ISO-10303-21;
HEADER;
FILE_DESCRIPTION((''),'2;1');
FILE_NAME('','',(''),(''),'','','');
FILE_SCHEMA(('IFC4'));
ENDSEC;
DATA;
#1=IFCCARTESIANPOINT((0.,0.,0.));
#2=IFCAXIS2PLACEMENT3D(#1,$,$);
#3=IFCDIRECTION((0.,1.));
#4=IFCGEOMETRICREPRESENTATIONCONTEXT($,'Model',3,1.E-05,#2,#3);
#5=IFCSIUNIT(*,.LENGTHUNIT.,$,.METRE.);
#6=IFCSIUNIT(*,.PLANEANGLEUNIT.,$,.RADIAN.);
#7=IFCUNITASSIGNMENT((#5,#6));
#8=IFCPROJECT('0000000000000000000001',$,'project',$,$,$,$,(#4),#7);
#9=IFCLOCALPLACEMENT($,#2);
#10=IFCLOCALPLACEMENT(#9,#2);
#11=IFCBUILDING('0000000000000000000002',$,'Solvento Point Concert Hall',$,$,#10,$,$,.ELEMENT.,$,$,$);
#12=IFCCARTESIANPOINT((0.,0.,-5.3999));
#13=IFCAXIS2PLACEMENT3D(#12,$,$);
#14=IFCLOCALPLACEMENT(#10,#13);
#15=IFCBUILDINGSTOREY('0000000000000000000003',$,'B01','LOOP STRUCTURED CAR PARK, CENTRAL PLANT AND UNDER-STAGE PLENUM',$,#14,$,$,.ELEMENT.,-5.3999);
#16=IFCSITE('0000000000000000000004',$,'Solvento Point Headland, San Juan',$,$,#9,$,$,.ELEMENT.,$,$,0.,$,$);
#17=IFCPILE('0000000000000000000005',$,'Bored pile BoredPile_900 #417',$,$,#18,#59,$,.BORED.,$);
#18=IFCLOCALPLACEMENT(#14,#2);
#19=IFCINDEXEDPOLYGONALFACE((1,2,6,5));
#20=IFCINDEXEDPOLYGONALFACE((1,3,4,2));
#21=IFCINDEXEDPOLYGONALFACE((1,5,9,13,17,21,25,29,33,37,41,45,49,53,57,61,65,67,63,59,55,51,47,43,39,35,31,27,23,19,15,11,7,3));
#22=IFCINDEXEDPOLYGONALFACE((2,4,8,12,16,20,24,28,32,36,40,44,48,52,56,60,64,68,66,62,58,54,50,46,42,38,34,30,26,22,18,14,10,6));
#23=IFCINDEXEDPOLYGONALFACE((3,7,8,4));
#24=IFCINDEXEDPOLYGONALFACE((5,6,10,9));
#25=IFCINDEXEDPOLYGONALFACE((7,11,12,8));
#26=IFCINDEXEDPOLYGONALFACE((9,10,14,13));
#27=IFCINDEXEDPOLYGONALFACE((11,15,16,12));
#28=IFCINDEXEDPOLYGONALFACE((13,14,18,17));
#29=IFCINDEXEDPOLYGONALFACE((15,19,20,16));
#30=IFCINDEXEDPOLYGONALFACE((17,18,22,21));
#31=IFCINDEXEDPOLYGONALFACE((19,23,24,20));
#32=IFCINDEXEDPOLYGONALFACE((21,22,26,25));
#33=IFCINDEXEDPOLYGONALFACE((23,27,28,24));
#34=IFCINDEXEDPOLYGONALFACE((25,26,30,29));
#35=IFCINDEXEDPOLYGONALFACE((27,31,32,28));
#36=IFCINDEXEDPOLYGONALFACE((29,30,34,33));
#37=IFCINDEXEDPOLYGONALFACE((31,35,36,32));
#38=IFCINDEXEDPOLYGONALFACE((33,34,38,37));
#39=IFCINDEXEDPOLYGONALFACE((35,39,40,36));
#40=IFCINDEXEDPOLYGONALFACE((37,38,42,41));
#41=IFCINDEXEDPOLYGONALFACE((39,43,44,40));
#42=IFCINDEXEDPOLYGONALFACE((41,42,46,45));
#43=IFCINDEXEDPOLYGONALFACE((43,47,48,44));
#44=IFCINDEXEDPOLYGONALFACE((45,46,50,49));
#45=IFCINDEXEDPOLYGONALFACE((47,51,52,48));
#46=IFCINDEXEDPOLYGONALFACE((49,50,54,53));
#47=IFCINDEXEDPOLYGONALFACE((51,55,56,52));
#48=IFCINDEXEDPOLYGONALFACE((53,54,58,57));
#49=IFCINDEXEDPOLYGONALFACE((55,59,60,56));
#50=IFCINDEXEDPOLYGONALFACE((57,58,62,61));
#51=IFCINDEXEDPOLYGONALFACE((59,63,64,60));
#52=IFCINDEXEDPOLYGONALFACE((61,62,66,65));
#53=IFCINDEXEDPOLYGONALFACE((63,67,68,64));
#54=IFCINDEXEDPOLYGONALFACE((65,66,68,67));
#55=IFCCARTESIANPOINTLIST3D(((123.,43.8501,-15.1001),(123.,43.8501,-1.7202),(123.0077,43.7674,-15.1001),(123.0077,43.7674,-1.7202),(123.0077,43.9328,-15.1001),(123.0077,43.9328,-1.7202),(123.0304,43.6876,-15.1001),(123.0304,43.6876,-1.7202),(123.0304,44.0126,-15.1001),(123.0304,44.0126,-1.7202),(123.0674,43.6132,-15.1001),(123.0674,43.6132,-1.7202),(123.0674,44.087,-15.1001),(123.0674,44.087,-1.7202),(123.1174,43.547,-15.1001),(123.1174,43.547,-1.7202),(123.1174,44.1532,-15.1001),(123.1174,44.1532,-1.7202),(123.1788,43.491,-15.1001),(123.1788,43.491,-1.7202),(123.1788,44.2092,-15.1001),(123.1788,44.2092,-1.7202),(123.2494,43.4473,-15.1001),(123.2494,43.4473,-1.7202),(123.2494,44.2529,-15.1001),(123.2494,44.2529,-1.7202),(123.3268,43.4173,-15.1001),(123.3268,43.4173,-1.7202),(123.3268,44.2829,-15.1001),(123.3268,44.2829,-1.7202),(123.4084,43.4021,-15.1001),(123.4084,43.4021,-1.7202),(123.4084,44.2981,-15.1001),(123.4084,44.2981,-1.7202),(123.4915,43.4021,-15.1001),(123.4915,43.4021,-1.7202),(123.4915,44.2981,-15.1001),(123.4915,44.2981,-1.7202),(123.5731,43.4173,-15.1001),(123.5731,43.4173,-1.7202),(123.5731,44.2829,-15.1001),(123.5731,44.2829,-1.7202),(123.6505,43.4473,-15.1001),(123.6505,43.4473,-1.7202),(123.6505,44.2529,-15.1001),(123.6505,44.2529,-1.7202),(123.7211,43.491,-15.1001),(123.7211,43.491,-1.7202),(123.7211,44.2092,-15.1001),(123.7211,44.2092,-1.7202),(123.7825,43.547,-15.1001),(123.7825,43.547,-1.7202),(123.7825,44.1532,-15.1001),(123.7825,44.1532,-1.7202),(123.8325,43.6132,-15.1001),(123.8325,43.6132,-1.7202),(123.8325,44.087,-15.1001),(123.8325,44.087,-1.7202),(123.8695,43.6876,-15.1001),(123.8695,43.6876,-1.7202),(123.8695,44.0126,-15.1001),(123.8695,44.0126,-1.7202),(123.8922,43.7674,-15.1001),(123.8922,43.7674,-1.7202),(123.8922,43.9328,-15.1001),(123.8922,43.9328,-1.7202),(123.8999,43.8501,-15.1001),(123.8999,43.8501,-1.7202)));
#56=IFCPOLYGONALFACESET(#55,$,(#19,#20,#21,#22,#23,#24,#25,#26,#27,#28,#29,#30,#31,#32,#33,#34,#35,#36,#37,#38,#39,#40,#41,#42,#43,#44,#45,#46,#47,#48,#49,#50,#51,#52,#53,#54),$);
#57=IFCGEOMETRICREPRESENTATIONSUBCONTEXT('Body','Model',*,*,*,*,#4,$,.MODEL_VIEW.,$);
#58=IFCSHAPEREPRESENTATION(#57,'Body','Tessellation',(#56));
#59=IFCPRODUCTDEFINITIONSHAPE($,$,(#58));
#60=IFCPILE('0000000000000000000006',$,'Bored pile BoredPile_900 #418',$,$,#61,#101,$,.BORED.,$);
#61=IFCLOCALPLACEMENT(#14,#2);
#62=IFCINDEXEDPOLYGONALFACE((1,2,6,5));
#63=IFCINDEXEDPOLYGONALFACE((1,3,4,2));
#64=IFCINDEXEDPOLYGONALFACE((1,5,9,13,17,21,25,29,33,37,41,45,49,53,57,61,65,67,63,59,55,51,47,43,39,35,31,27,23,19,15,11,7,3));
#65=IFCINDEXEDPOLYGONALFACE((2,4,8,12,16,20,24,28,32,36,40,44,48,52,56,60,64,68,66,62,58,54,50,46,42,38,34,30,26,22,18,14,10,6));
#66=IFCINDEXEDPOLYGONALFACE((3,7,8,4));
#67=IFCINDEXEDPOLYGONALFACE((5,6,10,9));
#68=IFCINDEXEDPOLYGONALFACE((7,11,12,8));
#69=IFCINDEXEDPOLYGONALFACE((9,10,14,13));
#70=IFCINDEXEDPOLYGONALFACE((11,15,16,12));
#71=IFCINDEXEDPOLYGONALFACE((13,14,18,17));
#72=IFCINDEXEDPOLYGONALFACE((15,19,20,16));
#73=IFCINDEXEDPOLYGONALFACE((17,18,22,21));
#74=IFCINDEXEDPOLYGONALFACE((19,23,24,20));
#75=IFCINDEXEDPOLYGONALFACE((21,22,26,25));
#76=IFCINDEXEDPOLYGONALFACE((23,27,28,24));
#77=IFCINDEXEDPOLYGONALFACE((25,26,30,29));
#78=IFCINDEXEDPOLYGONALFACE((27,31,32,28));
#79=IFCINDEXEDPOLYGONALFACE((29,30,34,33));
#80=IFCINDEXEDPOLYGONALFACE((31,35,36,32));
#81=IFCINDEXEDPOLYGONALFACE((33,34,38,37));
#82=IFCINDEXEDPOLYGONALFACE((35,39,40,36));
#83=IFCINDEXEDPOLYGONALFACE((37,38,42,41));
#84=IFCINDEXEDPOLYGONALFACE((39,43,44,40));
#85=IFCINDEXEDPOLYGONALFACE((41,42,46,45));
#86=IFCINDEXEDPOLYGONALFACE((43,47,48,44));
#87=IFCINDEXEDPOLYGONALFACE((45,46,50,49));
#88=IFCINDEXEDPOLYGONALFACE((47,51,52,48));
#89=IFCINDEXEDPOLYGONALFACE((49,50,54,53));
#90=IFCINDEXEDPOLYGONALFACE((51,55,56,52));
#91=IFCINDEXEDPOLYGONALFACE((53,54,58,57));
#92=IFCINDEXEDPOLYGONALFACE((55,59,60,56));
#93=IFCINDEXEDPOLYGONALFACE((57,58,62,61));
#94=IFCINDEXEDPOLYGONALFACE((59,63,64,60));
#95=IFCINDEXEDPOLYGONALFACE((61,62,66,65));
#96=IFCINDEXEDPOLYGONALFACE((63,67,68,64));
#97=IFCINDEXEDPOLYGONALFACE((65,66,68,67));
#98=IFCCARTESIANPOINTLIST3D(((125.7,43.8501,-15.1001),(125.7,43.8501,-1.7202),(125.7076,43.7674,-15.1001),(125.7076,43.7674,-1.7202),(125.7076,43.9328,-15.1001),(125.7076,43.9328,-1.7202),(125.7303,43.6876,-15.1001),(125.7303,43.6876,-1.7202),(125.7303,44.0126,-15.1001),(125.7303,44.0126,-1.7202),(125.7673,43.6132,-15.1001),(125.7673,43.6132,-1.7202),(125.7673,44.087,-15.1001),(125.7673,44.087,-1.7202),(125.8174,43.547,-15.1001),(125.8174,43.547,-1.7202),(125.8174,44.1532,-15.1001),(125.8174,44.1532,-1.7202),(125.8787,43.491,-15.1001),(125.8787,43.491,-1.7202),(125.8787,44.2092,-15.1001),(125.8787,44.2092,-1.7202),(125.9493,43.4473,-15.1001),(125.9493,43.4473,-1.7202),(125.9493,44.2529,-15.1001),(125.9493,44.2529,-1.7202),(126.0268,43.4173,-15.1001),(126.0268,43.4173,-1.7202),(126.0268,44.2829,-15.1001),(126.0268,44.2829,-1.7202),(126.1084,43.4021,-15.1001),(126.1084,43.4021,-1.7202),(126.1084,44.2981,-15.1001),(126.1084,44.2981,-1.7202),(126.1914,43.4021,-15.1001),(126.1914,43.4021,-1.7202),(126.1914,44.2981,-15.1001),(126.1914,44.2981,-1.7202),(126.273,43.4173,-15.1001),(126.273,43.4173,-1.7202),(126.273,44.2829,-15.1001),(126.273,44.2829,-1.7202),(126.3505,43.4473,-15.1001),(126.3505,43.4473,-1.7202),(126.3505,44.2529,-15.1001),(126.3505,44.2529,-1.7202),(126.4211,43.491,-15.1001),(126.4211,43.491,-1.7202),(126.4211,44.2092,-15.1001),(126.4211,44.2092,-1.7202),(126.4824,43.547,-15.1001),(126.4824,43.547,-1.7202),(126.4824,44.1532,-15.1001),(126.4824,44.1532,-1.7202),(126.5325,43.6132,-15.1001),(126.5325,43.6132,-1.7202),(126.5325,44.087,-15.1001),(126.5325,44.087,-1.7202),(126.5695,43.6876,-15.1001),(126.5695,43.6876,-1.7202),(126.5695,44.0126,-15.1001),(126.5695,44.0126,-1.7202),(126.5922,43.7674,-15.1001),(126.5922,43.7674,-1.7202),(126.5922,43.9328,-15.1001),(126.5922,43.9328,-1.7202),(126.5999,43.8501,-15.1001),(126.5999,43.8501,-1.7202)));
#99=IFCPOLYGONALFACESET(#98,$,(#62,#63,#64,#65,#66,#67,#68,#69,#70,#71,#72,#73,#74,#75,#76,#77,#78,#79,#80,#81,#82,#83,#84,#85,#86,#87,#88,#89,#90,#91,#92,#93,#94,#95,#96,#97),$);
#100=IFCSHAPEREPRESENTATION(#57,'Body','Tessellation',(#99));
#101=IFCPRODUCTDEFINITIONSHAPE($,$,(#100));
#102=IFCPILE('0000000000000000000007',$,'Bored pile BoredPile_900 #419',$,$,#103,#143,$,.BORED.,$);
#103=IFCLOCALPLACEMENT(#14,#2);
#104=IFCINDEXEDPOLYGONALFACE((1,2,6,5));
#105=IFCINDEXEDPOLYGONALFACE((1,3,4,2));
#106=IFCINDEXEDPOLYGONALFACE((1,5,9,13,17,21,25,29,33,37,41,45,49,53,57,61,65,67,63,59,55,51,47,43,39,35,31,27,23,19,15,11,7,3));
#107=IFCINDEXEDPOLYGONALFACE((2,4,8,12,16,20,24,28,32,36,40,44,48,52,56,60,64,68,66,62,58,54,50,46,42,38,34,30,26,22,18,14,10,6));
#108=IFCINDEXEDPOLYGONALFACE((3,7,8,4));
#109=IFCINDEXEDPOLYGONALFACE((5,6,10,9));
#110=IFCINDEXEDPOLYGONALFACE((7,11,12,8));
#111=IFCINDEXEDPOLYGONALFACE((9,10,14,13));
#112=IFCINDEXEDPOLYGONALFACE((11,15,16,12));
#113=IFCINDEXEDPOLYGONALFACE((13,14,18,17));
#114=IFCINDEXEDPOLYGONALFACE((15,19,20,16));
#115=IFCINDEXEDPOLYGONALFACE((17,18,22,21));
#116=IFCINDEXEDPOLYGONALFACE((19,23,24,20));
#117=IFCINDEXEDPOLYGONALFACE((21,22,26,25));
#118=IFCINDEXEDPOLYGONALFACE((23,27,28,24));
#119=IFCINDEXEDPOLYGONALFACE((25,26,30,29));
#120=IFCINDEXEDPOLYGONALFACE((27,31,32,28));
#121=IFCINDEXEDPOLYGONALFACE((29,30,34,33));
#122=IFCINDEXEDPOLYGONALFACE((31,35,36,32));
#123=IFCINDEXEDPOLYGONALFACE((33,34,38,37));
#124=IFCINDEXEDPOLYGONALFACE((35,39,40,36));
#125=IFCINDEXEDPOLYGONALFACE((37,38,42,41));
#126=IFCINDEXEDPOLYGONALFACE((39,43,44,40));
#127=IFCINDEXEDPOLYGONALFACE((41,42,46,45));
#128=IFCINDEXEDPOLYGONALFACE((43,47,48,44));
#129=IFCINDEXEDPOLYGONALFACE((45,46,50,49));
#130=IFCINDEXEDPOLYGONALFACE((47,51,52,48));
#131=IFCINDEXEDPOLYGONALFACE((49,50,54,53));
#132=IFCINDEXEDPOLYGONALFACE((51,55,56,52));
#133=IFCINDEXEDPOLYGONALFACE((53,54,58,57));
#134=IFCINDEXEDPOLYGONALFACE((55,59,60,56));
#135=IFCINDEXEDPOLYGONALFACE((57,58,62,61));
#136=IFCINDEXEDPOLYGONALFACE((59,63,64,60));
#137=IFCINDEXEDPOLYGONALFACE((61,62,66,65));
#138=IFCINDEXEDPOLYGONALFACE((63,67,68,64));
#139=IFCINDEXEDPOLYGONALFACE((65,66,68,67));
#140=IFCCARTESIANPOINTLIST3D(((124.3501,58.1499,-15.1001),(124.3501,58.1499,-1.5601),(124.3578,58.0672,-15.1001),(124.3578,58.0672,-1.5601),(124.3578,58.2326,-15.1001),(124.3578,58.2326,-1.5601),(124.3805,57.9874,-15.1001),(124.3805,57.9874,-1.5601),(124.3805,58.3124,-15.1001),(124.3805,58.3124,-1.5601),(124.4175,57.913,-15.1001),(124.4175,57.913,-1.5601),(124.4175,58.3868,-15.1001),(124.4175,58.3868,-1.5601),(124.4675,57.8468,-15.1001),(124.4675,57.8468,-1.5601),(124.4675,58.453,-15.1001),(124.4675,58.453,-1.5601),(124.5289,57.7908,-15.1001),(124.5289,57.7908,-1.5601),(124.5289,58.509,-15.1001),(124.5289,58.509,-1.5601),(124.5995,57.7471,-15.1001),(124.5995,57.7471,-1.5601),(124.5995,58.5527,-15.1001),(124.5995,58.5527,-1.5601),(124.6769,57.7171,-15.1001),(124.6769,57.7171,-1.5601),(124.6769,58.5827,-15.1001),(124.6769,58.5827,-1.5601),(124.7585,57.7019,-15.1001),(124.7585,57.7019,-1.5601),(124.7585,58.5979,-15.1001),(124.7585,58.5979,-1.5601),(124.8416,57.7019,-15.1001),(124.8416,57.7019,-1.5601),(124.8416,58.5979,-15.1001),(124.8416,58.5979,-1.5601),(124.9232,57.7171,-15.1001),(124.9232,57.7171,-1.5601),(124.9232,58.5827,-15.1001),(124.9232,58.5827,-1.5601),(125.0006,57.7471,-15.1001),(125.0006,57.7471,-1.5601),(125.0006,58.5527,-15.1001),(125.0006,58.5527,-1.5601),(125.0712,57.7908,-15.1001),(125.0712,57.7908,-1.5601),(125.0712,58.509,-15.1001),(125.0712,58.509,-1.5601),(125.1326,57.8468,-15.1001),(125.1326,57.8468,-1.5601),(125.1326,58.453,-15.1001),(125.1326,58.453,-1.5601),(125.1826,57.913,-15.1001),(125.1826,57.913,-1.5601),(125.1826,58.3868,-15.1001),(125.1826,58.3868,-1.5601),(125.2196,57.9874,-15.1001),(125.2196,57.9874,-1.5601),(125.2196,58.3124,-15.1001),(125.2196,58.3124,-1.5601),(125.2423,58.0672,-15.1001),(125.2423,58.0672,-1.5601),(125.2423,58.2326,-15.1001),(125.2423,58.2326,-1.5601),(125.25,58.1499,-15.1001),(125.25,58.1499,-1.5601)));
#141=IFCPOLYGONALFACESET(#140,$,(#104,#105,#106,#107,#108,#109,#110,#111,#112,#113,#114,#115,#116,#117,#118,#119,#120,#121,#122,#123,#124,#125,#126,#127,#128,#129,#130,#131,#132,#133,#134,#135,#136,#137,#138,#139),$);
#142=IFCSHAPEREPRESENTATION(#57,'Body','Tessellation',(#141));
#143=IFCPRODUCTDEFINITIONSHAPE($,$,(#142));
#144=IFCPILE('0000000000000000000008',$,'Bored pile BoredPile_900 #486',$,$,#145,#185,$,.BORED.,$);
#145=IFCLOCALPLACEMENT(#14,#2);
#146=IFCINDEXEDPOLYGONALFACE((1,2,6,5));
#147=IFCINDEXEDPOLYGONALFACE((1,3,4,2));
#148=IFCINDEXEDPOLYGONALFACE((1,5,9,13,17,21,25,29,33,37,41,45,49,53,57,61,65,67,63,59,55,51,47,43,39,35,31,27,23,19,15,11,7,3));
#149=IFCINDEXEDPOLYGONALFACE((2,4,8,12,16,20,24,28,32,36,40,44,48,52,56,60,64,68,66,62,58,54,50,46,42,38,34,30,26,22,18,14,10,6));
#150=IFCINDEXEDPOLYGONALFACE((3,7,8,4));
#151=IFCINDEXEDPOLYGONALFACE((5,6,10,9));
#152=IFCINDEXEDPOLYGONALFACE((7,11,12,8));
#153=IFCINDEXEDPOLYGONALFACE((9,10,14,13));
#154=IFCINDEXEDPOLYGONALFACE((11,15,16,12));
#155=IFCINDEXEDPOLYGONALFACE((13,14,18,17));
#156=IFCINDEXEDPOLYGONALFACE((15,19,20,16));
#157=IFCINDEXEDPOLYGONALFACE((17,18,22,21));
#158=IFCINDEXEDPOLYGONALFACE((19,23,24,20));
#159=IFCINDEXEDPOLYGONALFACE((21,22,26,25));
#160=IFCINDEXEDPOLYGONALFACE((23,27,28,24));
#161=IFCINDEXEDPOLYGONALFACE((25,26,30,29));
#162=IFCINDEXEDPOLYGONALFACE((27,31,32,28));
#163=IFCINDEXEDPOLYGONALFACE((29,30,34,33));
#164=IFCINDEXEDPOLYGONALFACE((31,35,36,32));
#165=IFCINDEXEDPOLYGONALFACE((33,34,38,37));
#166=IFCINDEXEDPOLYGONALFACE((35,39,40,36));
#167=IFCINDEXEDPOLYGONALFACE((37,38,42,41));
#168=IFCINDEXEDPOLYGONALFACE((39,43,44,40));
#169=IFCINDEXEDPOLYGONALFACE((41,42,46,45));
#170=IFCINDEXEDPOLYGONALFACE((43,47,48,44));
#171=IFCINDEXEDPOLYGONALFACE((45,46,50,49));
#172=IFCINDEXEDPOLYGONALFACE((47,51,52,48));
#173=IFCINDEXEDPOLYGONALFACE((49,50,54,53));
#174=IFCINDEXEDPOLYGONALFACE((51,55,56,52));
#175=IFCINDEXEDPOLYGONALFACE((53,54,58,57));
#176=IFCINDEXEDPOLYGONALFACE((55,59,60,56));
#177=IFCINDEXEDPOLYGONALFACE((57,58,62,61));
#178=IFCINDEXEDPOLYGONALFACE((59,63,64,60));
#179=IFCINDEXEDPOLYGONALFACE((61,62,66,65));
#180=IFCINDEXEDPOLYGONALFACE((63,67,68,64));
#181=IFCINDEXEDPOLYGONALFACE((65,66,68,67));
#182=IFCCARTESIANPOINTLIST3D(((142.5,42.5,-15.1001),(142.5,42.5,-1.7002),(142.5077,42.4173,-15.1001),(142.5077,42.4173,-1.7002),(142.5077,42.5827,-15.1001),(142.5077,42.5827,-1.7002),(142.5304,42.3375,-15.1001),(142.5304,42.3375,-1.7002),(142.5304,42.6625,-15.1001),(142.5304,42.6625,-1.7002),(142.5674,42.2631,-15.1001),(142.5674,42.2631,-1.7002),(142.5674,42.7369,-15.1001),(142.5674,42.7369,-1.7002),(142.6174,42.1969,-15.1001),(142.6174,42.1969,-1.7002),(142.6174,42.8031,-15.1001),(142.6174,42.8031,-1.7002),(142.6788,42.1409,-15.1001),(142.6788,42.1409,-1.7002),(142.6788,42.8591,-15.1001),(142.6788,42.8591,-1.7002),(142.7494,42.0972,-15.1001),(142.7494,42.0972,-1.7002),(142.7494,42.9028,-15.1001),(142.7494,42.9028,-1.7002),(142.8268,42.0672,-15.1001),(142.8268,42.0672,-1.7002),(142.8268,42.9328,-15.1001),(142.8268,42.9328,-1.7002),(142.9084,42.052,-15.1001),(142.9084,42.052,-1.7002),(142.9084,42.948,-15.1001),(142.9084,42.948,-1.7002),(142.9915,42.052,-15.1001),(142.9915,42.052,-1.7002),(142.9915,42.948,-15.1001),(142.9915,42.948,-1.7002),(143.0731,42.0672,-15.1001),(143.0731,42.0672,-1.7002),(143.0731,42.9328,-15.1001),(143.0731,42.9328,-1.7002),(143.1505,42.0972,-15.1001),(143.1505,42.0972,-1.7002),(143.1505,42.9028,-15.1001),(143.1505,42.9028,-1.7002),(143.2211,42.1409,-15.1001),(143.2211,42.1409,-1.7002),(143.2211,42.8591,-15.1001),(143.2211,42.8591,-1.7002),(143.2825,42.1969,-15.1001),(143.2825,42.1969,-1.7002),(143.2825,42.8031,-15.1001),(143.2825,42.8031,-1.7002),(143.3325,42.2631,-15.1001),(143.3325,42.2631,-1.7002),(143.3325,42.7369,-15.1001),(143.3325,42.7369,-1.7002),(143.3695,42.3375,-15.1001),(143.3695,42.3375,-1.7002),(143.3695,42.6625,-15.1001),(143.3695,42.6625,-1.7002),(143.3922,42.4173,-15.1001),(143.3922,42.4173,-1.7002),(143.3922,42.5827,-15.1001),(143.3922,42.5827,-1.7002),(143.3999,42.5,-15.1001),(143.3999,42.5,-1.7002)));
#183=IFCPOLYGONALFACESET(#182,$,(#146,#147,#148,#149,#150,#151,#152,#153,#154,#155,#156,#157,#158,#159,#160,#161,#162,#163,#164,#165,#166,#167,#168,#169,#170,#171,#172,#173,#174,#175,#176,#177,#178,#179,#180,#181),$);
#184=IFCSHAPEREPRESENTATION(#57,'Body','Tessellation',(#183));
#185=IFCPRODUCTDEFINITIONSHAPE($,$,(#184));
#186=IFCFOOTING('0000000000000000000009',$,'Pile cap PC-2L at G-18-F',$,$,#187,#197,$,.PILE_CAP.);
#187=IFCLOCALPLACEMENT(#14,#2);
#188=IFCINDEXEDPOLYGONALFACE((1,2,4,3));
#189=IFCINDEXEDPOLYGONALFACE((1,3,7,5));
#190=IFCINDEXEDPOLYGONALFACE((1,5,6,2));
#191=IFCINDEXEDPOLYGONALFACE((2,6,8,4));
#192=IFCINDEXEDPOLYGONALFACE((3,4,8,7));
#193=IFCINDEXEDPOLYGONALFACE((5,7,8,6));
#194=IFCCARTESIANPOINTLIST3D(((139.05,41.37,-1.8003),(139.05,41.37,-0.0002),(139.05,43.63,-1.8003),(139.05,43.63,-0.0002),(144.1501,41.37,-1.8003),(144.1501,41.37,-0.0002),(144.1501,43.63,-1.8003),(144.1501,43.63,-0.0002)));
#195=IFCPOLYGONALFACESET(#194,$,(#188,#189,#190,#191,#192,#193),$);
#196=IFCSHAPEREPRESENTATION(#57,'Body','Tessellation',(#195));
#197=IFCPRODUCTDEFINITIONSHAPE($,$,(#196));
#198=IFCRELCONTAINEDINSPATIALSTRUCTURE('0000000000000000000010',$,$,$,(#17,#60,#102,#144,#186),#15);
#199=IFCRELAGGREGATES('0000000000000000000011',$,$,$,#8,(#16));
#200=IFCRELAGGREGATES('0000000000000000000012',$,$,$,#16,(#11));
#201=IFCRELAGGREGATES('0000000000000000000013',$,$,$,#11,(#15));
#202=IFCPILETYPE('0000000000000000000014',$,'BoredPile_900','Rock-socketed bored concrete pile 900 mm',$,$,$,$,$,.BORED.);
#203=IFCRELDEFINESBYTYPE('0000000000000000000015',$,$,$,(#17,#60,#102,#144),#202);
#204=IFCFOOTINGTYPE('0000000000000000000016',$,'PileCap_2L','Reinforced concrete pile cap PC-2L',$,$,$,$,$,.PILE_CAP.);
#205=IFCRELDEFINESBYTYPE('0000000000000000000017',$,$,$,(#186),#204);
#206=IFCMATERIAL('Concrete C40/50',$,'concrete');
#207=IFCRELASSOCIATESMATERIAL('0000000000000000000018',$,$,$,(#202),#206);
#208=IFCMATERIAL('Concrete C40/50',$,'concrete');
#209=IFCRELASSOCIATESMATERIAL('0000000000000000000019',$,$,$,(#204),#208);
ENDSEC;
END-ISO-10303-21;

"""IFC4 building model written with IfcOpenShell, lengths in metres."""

from ifc_helpers import new_model, si_unit, direction, frame, origin, origin_2d, place, context, subcontext, project, spatial, rectangle, circle, extrude, material, material_profile, profile_set, type_object, element, save


model = new_model("IFC4")

# Units and contexts
model_context = context("Model", 3, precision=1e-05, world=origin(), true_north=direction((0.0, 1.0)))
body_context = subcontext(model_context, "Body", "Model", "MODEL_VIEW")
ifc_project = project(units=[si_unit("LENGTHUNIT", "METRE"), si_unit("PLANEANGLEUNIT", "RADIAN")], contexts=[model_context])

# Site, building, storey
site_placement = place(None, origin())
site = spatial("IfcSite", under=ifc_project, at=site_placement, Name="Solvento Point Headland, San Juan", CompositionType="ELEMENT", RefElevation=0.0)
building_placement = place(site_placement, origin())
building = spatial("IfcBuilding", under=site, at=building_placement, Name="Solvento Point Concert Hall", CompositionType="ELEMENT")
storey_placement = place(building_placement, frame((0.0, 0.0, -5.3999)))
storey = spatial("IfcBuildingStorey", under=building, at=storey_placement, Name="B01", Description="LOOP STRUCTURED CAR PARK, CENTRAL PLANT AND UNDER-STAGE PLENUM", CompositionType="ELEMENT", Elevation=-5.3999)

# Piles
ifc_material_1 = material(Name="Concrete C40/50", Category="concrete")
ifc_material_profile_1 = material_profile(ifc_material_1, circle(Radius=0.45, at=origin_2d()), Name="BP-900")
ifc_profile_set_1 = profile_set([ifc_material_profile_1], Name="Concrete C40/50")
pile_type_1 = type_object("IfcPileType", Name="BoredPile_900", Description="Rock-socketed bored concrete pile 900 mm", PredefinedType="BORED", material=ifc_profile_set_1)
for number, where, z_axis, x_axis, name in (
    (1, (123.45, 43.8501, -1.7202), (0.0, 0.0, -1.0), (1.0, 0.0, 0.0), "Bored pile BoredPile_900 #417"),
    (2, (126.1499, 43.8501, -1.7202), (0.0, 0.0, -1.0), (1.0, 0.0, 0.0), "Bored pile BoredPile_900 #418"),
):
    element("IfcPile", number, at=place(storey_placement, frame(where, z_axis=z_axis, x_axis=x_axis)), inside=storey, type_object=pile_type_1, Name=name, PredefinedType="BORED", context=body_context, shape_type="SweptSolid", body=[
        extrude(circle(Radius=0.45, at=origin_2d()), origin(), (0.0, 0.0, 1.0), 13.3799),
    ])
pile_1_placement = place(storey_placement, frame((124.8, 58.1499, -1.5601), z_axis=(0.0, 0.0, -1.0), x_axis=(1.0, 0.0, 0.0)))
element("IfcPile", 3, at=pile_1_placement, inside=storey, type_object=pile_type_1, Name="Bored pile BoredPile_900 #419", PredefinedType="BORED", context=body_context, shape_type="SweptSolid", body=[
    extrude(circle(Radius=0.45, at=origin_2d()), origin(), (0.0, 0.0, 1.0), 13.54),
])
pile_2_placement = place(storey_placement, frame((142.95, 42.5, -1.7002), z_axis=(0.0, 0.0, -1.0), x_axis=(1.0, 0.0, 0.0)))
element("IfcPile", 4, at=pile_2_placement, inside=storey, type_object=pile_type_1, Name="Bored pile BoredPile_900 #486", PredefinedType="BORED", context=body_context, shape_type="SweptSolid", body=[
    extrude(circle(Radius=0.45, at=origin_2d()), origin(), (0.0, 0.0, 1.0), 13.3999),
])

# Footing
ifc_material_2 = material(Name="Concrete C40/50", Category="concrete")
footing_type_1 = type_object("IfcFootingType", Name="PileCap_2L", Description="Reinforced concrete pile cap PC-2L", PredefinedType="PILE_CAP", material=ifc_material_2)
footing_1_placement = place(storey_placement, frame((141.6001, 42.5, -1.8003), z_axis=(0.0, 0.0, 1.0), x_axis=(1.0, 0.0, 0.0)))
element("IfcFooting", 5, at=footing_1_placement, inside=storey, type_object=footing_type_1, Name="Pile cap PC-2L at G-18-F", PredefinedType="PILE_CAP", context=body_context, shape_type="SweptSolid", body=[
    extrude(rectangle(XDim=5.1001, YDim=2.26, at=origin_2d()), origin(), (0.0, 0.0, 1.0), 1.8),
])

save(model, "model.ifc")
